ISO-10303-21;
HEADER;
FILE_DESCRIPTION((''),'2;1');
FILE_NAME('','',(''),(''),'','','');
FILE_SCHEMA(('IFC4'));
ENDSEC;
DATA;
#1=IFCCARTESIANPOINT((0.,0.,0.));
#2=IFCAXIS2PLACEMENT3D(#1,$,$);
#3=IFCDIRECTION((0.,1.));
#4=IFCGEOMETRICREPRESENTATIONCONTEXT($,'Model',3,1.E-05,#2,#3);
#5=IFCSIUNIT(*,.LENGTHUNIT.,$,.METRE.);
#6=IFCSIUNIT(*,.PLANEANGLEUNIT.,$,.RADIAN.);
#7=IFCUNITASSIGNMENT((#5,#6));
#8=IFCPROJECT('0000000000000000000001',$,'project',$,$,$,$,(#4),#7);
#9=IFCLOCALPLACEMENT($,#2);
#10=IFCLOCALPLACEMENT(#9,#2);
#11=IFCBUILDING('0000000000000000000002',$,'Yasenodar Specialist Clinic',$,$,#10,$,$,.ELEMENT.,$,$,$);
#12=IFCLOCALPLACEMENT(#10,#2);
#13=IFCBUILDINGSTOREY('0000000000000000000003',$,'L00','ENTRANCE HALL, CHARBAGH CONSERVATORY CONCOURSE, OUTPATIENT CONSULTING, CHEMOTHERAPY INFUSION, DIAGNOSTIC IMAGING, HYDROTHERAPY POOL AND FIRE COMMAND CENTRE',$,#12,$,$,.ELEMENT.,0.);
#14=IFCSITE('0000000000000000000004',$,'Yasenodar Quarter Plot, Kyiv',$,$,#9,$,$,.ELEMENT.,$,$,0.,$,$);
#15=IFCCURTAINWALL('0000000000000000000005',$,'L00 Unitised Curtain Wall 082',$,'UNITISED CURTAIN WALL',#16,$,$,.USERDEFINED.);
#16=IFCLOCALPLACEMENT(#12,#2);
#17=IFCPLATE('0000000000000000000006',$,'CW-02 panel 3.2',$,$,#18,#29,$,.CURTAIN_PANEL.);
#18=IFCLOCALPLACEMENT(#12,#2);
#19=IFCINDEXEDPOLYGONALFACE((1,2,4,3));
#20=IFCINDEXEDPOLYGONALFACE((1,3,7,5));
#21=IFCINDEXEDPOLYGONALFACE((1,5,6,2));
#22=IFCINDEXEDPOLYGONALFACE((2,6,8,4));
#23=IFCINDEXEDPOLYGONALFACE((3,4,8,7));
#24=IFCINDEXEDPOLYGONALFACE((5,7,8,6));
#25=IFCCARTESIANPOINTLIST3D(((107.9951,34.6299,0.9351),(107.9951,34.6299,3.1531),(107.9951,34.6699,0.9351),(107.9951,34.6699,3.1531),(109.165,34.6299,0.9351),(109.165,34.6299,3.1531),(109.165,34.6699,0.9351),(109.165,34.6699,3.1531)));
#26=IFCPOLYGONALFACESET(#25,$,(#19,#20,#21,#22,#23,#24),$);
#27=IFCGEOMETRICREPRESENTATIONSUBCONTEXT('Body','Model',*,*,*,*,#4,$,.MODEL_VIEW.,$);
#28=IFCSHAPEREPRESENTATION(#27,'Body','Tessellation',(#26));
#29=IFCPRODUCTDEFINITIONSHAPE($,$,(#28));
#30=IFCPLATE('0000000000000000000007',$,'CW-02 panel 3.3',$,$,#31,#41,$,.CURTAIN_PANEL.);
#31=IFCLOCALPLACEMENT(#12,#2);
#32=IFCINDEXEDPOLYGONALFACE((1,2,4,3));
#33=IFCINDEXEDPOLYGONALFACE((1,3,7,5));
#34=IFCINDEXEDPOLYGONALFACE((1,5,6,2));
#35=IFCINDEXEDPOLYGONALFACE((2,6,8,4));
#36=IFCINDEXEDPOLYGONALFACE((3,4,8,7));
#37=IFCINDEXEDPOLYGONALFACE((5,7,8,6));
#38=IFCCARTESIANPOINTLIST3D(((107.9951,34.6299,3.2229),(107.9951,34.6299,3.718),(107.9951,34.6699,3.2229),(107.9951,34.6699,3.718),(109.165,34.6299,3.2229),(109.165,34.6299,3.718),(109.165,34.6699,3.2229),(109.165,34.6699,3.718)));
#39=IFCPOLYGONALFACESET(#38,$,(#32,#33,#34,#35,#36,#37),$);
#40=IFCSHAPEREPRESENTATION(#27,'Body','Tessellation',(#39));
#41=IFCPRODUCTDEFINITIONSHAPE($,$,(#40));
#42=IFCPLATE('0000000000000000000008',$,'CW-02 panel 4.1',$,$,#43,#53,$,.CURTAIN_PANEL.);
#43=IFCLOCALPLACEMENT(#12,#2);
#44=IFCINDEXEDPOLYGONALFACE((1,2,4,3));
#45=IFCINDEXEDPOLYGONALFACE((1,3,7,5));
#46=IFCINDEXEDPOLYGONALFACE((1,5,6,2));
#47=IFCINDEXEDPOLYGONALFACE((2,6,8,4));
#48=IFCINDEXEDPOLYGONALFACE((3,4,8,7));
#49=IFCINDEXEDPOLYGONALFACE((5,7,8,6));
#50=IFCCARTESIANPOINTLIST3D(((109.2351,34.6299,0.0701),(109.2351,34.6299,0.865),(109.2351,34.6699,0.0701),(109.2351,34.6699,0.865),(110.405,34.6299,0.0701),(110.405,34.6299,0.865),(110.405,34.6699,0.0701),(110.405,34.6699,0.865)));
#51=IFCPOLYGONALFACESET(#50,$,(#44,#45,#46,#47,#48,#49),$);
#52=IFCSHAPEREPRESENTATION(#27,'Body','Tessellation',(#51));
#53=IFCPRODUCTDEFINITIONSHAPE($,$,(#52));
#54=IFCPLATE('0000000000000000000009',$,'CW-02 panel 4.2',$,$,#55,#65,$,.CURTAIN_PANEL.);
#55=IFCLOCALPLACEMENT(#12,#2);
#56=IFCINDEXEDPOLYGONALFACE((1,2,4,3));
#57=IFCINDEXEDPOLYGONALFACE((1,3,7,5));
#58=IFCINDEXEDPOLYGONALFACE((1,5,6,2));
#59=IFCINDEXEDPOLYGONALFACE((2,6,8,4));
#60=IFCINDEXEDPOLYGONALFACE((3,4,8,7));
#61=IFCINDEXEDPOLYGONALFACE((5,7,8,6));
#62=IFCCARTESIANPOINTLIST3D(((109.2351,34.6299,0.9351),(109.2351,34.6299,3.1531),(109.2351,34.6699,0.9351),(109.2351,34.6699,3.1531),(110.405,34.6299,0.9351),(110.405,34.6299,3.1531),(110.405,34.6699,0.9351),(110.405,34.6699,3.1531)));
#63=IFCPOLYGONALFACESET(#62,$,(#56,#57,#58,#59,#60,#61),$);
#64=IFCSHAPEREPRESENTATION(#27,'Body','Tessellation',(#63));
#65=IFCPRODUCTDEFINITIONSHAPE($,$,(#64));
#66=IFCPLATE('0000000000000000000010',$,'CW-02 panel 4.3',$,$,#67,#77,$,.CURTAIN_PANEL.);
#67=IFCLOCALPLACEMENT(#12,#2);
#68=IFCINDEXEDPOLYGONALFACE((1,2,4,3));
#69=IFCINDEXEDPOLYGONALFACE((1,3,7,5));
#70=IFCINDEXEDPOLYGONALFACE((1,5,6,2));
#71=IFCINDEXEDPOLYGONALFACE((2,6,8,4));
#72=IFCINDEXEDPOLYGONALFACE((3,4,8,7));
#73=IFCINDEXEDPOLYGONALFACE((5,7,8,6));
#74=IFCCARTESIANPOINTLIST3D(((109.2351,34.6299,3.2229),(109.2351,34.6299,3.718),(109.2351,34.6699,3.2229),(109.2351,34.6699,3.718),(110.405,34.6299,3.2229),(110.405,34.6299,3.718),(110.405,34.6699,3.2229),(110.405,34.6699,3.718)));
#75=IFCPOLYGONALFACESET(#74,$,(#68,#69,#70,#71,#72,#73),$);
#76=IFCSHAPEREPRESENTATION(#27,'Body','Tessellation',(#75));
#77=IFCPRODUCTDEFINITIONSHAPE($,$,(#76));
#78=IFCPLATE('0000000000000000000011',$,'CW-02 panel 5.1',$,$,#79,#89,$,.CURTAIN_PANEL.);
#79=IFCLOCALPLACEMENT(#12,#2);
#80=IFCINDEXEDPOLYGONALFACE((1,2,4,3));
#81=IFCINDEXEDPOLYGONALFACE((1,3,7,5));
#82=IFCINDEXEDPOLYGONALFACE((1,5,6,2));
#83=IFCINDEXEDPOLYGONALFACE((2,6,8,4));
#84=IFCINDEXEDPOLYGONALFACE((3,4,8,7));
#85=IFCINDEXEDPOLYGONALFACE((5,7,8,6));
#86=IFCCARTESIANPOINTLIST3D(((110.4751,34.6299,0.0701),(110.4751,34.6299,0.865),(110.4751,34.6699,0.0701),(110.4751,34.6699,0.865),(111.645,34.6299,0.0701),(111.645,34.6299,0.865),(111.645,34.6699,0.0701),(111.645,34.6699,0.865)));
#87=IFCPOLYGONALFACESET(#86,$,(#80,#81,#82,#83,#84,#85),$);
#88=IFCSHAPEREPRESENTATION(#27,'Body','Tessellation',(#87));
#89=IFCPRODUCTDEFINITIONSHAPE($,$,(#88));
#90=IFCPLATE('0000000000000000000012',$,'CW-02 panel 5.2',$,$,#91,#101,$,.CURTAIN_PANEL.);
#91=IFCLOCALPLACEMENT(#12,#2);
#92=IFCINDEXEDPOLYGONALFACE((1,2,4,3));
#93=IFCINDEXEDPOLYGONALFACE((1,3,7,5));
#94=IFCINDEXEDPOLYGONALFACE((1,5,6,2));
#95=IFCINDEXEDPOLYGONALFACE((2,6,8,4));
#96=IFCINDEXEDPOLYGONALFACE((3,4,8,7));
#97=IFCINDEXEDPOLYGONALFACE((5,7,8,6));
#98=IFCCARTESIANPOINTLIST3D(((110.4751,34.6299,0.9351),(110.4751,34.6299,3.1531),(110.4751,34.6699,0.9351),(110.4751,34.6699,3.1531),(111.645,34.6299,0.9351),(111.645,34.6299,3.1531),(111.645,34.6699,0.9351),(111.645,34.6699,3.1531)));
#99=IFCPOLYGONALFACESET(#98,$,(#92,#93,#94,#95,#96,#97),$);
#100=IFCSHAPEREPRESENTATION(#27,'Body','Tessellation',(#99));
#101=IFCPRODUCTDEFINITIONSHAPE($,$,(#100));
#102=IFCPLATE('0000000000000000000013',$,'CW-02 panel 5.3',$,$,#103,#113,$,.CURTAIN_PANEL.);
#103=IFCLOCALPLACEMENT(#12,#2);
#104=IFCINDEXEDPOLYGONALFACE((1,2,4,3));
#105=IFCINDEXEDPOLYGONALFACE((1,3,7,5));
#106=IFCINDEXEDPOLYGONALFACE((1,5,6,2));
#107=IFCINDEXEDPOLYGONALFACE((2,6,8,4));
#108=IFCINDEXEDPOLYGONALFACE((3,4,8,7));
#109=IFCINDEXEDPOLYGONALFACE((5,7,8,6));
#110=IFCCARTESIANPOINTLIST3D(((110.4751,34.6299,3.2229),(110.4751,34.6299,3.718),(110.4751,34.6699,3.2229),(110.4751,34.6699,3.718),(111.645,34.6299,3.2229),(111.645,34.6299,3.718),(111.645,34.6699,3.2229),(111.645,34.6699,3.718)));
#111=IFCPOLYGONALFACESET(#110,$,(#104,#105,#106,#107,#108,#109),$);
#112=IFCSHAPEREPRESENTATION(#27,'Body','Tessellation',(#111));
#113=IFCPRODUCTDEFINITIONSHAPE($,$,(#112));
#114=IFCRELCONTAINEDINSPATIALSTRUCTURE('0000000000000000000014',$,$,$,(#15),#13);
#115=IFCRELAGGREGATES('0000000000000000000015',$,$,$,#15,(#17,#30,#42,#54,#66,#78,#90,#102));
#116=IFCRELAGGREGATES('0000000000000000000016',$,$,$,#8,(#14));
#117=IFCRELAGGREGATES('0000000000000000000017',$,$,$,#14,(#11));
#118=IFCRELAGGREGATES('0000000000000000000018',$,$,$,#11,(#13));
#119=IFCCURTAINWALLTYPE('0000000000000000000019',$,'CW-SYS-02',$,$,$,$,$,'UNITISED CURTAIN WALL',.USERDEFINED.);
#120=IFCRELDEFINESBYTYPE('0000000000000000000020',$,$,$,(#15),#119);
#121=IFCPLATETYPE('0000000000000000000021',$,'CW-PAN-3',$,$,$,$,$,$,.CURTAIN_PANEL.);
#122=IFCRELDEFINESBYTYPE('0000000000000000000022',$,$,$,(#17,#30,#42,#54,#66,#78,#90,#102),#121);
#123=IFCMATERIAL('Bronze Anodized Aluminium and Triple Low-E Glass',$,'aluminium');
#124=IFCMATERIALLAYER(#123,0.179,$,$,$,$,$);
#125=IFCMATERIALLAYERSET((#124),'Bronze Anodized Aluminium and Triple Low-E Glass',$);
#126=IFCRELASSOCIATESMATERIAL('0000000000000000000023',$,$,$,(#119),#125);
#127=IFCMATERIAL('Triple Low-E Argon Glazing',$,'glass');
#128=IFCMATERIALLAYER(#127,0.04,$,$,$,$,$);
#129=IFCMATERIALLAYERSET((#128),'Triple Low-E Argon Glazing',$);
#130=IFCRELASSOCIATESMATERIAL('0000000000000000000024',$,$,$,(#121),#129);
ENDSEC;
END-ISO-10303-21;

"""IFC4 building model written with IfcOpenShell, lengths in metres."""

from ifc_helpers import new_model, si_unit, direction, frame, origin, origin_2d, place, context, subcontext, project, spatial, rectangle, extrude, material, layer, layer_set, type_object, element, aggregate, save


model = new_model("IFC4")

# Units and contexts
model_context = context("Model", 3, precision=1e-05, world=origin(), true_north=direction((0.0, 1.0)))
body_context = subcontext(model_context, "Body", "Model", "MODEL_VIEW")
ifc_project = project(units=[si_unit("LENGTHUNIT", "METRE"), si_unit("PLANEANGLEUNIT", "RADIAN")], contexts=[model_context])

# Site, building, storey
site_placement = place(None, origin())
site = spatial("IfcSite", under=ifc_project, at=site_placement, Name="Yasenodar Quarter Plot, Kyiv", CompositionType="ELEMENT", RefElevation=0.0)
building_placement = place(site_placement, origin())
building = spatial("IfcBuilding", under=site, at=building_placement, Name="Yasenodar Specialist Clinic", CompositionType="ELEMENT")
storey_placement = place(building_placement, origin())
storey = spatial("IfcBuildingStorey", under=building, at=storey_placement, Name="L00", Description="ENTRANCE HALL, CHARBAGH CONSERVATORY CONCOURSE, OUTPATIENT CONSULTING, CHEMOTHERAPY INFUSION, DIAGNOSTIC IMAGING, HYDROTHERAPY POOL AND FIRE COMMAND CENTRE", CompositionType="ELEMENT", Elevation=0.0)

# Curtain wall, plates
ifc_material_1 = material(Name="Bronze Anodized Aluminium and Triple Low-E Glass", Category="aluminium")
ifc_layer_1 = layer(ifc_material_1, 0.179)
ifc_layer_set_1 = layer_set([ifc_layer_1], Name="Bronze Anodized Aluminium and Triple Low-E Glass")
curtain_wall_type = type_object("IfcCurtainWallType", Name="CW-SYS-02", ElementType="UNITISED CURTAIN WALL", PredefinedType="USERDEFINED", material=ifc_layer_set_1)
curtain_wall_placement = place(storey_placement, origin())
curtain_wall = element("IfcCurtainWall", 1, at=curtain_wall_placement, inside=storey, type_object=curtain_wall_type, Name="L00 Unitised Curtain Wall 082", ObjectType="UNITISED CURTAIN WALL", PredefinedType="USERDEFINED")
ifc_material_2 = material(Name="Triple Low-E Argon Glazing", Category="glass")
ifc_layer_2 = layer(ifc_material_2, 0.04)
ifc_layer_set_2 = layer_set([ifc_layer_2], Name="Triple Low-E Argon Glazing")
plate_type = type_object("IfcPlateType", Name="CW-PAN-3", PredefinedType="CURTAIN_PANEL", material=ifc_layer_set_2)
plate_1_placement = place(storey_placement, frame((108.5801, 34.6499, 0.9351), z_axis=(0.0, 0.0, 1.0), x_axis=(1.0, 0.0, 0.0)))
plate_1 = element("IfcPlate", 2, at=plate_1_placement, type_object=plate_type, Name="CW-02 panel 3.2", PredefinedType="CURTAIN_PANEL", context=body_context, shape_type="SweptSolid", body=[
    extrude(rectangle(XDim=1.1699, YDim=0.04, at=origin_2d()), origin(), (0.0, 0.0, 1.0), 2.218),
])
plate_2_placement = place(storey_placement, frame((108.5801, 34.6499, 3.2229), z_axis=(0.0, 0.0, 1.0), x_axis=(1.0, 0.0, 0.0)))
plate_2 = element("IfcPlate", 3, at=plate_2_placement, type_object=plate_type, Name="CW-02 panel 3.3", PredefinedType="CURTAIN_PANEL", context=body_context, shape_type="SweptSolid", body=[
    extrude(rectangle(XDim=1.1699, YDim=0.04, at=origin_2d()), origin(), (0.0, 0.0, 1.0), 0.4951),
])
plate_3_placement = place(storey_placement, frame((109.8201, 34.6499, 0.0701), z_axis=(0.0, 0.0, 1.0), x_axis=(1.0, 0.0, 0.0)))
plate_3 = element("IfcPlate", 4, at=plate_3_placement, type_object=plate_type, Name="CW-02 panel 4.1", PredefinedType="CURTAIN_PANEL", context=body_context, shape_type="SweptSolid", body=[
    extrude(rectangle(XDim=1.1699, YDim=0.04, at=origin_2d()), origin(), (0.0, 0.0, 1.0), 0.7949),
])
plate_4_placement = place(storey_placement, frame((109.8201, 34.6499, 0.9351), z_axis=(0.0, 0.0, 1.0), x_axis=(1.0, 0.0, 0.0)))
plate_4 = element("IfcPlate", 5, at=plate_4_placement, type_object=plate_type, Name="CW-02 panel 4.2", PredefinedType="CURTAIN_PANEL", context=body_context, shape_type="SweptSolid", body=[
    extrude(rectangle(XDim=1.1699, YDim=0.04, at=origin_2d()), origin(), (0.0, 0.0, 1.0), 2.218),
])
plate_5_placement = place(storey_placement, frame((109.8201, 34.6499, 3.2229), z_axis=(0.0, 0.0, 1.0), x_axis=(1.0, 0.0, 0.0)))
plate_5 = element("IfcPlate", 6, at=plate_5_placement, type_object=plate_type, Name="CW-02 panel 4.3", PredefinedType="CURTAIN_PANEL", context=body_context, shape_type="SweptSolid", body=[
    extrude(rectangle(XDim=1.1699, YDim=0.04, at=origin_2d()), origin(), (0.0, 0.0, 1.0), 0.4951),
])
plate_6_placement = place(storey_placement, frame((111.0601, 34.6499, 0.0701), z_axis=(0.0, 0.0, 1.0), x_axis=(1.0, 0.0, 0.0)))
plate_6 = element("IfcPlate", 7, at=plate_6_placement, type_object=plate_type, Name="CW-02 panel 5.1", PredefinedType="CURTAIN_PANEL", context=body_context, shape_type="SweptSolid", body=[
    extrude(rectangle(XDim=1.1699, YDim=0.04, at=origin_2d()), origin(), (0.0, 0.0, 1.0), 0.7949),
])
plate_7_placement = place(storey_placement, frame((111.0601, 34.6499, 0.9351), z_axis=(0.0, 0.0, 1.0), x_axis=(1.0, 0.0, 0.0)))
plate_7 = element("IfcPlate", 8, at=plate_7_placement, type_object=plate_type, Name="CW-02 panel 5.2", PredefinedType="CURTAIN_PANEL", context=body_context, shape_type="SweptSolid", body=[
    extrude(rectangle(XDim=1.1699, YDim=0.04, at=origin_2d()), origin(), (0.0, 0.0, 1.0), 2.218),
])
plate_8_placement = place(storey_placement, frame((111.0601, 34.6499, 3.2229), z_axis=(0.0, 0.0, 1.0), x_axis=(1.0, 0.0, 0.0)))
plate_8 = element("IfcPlate", 9, at=plate_8_placement, type_object=plate_type, Name="CW-02 panel 5.3", PredefinedType="CURTAIN_PANEL", context=body_context, shape_type="SweptSolid", body=[
    extrude(rectangle(XDim=1.1699, YDim=0.04, at=origin_2d()), origin(), (0.0, 0.0, 1.0), 0.4951),
])
aggregate(curtain_wall, [plate_1, plate_2, plate_3, plate_4, plate_5, plate_6, plate_7, plate_8])

save(model, "model.ifc")
